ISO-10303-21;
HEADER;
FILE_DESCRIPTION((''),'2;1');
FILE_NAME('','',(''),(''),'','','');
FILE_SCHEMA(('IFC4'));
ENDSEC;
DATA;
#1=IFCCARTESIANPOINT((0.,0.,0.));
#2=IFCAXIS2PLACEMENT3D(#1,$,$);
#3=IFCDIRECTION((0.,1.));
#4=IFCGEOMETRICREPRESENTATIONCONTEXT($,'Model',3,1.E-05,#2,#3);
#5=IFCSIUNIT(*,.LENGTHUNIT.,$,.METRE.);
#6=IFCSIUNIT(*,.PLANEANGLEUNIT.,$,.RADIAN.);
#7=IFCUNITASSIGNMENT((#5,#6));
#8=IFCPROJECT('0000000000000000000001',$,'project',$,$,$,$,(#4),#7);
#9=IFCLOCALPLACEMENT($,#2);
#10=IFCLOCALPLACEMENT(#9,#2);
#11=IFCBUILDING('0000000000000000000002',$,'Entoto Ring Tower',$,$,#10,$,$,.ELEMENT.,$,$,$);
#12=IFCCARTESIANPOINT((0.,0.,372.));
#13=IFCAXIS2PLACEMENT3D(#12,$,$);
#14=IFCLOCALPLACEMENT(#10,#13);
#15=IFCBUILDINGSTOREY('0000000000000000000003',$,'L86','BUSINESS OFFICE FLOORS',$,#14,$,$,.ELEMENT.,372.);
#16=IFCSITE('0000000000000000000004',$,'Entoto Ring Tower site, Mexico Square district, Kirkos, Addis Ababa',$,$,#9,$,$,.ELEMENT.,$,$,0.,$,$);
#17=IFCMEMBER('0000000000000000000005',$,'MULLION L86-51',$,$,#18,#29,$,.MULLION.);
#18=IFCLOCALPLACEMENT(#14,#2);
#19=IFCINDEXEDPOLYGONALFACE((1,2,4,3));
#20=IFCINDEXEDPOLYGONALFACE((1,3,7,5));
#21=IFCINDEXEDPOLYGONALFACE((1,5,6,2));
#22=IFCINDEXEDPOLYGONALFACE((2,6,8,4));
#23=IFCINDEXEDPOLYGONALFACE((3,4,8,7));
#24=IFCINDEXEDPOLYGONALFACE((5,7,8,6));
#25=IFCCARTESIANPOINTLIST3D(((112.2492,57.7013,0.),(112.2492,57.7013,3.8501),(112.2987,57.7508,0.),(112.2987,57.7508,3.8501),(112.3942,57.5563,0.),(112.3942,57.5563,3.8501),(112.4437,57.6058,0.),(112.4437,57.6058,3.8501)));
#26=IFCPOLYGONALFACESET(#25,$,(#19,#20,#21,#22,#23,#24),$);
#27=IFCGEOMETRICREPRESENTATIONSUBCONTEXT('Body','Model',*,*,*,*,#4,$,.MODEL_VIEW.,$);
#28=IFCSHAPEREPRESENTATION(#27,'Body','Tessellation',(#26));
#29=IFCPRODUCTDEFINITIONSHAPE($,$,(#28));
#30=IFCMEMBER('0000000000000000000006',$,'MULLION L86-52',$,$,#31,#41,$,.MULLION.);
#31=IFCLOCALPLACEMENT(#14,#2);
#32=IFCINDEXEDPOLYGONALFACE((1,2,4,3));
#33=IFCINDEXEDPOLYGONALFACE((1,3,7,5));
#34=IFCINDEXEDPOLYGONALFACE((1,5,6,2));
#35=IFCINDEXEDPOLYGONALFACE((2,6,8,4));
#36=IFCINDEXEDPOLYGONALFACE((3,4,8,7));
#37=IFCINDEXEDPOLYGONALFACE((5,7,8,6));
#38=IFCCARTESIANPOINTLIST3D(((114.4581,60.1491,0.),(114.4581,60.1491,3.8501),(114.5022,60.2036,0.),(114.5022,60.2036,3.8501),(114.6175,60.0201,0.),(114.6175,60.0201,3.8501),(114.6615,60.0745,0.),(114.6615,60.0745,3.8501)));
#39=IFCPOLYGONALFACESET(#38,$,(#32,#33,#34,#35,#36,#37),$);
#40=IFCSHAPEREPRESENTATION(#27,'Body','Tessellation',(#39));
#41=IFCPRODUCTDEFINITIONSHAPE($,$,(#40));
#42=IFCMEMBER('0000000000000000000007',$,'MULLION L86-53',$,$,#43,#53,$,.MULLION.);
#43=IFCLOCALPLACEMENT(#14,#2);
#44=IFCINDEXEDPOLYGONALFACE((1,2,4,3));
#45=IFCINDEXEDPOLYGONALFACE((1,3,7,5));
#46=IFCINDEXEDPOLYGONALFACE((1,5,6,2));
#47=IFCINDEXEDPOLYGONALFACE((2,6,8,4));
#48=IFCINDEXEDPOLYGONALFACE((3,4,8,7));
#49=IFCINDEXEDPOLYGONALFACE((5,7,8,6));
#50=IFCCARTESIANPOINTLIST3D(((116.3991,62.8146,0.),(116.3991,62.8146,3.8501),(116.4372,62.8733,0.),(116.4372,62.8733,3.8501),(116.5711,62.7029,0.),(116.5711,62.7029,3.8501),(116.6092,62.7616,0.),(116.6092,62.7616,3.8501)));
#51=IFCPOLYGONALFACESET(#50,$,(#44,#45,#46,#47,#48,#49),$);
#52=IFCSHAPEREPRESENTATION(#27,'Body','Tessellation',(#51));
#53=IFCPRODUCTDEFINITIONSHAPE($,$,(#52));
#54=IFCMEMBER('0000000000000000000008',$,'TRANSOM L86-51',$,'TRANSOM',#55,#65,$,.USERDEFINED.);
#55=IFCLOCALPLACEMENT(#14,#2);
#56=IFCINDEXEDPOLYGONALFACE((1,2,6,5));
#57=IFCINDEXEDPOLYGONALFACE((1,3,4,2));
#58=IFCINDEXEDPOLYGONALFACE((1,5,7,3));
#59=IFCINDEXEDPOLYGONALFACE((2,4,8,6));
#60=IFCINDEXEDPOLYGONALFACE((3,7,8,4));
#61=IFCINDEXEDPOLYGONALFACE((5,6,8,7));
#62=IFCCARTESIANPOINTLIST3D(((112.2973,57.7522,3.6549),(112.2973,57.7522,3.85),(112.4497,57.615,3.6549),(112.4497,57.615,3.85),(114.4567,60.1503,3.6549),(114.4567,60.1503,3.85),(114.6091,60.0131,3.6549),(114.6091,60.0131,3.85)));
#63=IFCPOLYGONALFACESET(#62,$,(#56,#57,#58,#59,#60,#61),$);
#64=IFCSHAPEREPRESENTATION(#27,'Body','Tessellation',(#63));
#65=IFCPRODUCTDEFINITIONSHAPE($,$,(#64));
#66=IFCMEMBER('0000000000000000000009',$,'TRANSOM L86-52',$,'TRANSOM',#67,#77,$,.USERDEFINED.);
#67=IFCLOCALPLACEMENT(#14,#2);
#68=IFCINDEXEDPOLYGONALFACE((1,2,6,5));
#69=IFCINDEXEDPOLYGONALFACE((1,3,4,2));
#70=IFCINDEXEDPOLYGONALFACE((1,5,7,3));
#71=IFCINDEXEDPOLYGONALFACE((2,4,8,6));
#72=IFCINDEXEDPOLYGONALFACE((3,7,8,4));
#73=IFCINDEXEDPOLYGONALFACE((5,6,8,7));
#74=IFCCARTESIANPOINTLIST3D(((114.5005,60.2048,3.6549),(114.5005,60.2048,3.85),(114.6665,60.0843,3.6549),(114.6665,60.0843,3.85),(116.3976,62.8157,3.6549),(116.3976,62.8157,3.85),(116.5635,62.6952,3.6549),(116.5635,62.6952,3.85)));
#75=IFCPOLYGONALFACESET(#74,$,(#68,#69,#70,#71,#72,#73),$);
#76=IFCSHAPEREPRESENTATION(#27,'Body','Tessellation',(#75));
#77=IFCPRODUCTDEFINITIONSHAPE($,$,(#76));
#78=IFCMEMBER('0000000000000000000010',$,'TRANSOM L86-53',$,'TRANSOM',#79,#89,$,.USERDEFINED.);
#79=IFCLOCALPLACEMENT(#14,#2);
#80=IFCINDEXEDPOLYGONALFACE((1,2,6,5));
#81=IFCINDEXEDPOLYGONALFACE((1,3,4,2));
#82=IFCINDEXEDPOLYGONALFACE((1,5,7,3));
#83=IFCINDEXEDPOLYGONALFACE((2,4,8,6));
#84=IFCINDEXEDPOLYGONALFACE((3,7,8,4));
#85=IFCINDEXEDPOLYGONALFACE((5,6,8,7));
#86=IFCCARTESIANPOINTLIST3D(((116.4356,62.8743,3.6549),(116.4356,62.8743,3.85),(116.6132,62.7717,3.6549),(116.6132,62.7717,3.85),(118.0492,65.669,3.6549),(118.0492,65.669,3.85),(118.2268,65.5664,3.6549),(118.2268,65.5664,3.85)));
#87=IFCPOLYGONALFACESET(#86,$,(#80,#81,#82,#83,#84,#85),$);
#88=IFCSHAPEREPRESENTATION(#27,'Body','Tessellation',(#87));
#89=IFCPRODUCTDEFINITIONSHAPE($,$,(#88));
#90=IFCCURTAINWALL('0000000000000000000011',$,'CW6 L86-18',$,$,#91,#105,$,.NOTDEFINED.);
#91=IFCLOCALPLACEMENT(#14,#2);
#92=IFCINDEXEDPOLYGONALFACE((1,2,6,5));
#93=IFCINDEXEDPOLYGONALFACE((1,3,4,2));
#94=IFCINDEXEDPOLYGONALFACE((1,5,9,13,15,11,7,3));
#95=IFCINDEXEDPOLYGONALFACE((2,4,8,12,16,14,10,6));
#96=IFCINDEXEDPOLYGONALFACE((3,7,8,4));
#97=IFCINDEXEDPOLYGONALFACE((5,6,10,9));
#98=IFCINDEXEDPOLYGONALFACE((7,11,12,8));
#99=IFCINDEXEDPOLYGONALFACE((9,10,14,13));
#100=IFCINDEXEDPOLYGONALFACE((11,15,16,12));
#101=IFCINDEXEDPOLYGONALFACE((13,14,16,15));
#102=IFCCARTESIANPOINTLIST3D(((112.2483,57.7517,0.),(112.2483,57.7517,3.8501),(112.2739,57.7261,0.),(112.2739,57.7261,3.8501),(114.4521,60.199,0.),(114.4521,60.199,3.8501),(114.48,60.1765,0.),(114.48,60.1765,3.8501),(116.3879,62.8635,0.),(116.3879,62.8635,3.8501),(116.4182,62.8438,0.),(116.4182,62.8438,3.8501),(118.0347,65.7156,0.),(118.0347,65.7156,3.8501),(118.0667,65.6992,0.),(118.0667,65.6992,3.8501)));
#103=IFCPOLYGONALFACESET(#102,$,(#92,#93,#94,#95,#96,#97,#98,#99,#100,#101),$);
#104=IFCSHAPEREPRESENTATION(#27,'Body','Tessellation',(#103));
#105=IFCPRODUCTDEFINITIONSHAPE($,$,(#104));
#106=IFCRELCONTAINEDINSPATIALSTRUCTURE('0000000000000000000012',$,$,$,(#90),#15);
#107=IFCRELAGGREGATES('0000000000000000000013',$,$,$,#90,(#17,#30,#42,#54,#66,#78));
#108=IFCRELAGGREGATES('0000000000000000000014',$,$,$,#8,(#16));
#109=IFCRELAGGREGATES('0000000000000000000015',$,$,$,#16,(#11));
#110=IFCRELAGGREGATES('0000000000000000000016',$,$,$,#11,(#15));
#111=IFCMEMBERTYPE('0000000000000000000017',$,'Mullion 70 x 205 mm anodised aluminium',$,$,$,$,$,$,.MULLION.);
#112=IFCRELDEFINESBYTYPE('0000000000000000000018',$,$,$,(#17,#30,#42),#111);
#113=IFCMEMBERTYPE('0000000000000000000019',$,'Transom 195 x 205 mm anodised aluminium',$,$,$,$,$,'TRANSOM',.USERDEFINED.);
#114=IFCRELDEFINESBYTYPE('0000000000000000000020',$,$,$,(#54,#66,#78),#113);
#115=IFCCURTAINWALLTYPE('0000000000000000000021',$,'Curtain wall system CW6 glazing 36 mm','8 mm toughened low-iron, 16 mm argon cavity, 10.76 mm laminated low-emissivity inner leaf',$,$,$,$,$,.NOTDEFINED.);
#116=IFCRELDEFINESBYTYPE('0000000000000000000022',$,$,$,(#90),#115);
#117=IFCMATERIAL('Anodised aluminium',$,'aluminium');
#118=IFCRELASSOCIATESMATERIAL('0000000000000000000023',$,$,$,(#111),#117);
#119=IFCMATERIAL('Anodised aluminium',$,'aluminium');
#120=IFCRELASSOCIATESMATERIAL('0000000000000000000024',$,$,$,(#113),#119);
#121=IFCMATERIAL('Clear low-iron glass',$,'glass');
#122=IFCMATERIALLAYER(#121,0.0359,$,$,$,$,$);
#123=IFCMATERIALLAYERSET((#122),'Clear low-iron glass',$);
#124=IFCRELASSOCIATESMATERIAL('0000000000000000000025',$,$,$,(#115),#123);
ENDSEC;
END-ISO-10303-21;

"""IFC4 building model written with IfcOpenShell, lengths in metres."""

from ifc_helpers import new_model, si_unit, direction, frame, origin, origin_2d, place, context, subcontext, project, spatial, polyline, rectangle, outline, extrude, material, layer, layer_set, material_profile, profile_set, type_object, element, aggregate, save


model = new_model("IFC4")

# Units and contexts
model_context = context("Model", 3, precision=1e-05, world=origin(), true_north=direction((0.0, 1.0)))
body_context = subcontext(model_context, "Body", "Model", "MODEL_VIEW")
ifc_project = project(units=[si_unit("LENGTHUNIT", "METRE"), si_unit("PLANEANGLEUNIT", "RADIAN")], contexts=[model_context])

# Members
ifc_material_1 = material(Name="Anodised aluminium", Category="aluminium")
ifc_material_profile_1 = material_profile(ifc_material_1, rectangle(XDim=0.0701, YDim=0.2051, at=origin_2d()), Name="Mullion 70 x 205 mm anodised aluminium")
ifc_profile_set_1 = profile_set([ifc_material_profile_1], Name="Anodised aluminium")
member_type_1 = type_object("IfcMemberType", Name="Mullion 70 x 205 mm anodised aluminium", PredefinedType="MULLION", material=ifc_profile_set_1)
site_placement = place(None, origin())
building_placement = place(site_placement, origin())
storey_placement = place(building_placement, frame((0.0, 0.0, 372.0)))
member_1_placement = place(storey_placement, frame((112.3464, 57.6536, 0.0), z_axis=(0.0, 0.0, 1.0), x_axis=(0.707107, 0.707107, 0.0)))
member_1 = element("IfcMember", 1, at=member_1_placement, type_object=member_type_1, Name="MULLION L86-51", PredefinedType="MULLION", context=body_context, shape_type="SweptSolid", body=[
    extrude(rectangle(XDim=0.0701, YDim=0.2051, at=origin_2d()), origin(), (0.0, 0.0, 1.0), 3.8501),
])
member_2_placement = place(storey_placement, frame((114.5598, 60.1118, 0.0), z_axis=(0.0, 0.0, 1.0), x_axis=(0.62932, 0.777146, 0.0)))
member_2 = element("IfcMember", 2, at=member_2_placement, type_object=member_type_1, Name="MULLION L86-52", PredefinedType="MULLION", context=body_context, shape_type="SweptSolid", body=[
    extrude(rectangle(XDim=0.0701, YDim=0.2051, at=origin_2d()), origin(), (0.0, 0.0, 1.0), 3.8501),
])
member_3_placement = place(storey_placement, frame((116.5042, 62.7881, 0.0), z_axis=(0.0, 0.0, 1.0), x_axis=(0.544639, 0.838671, 0.0)))
member_3 = element("IfcMember", 3, at=member_3_placement, type_object=member_type_1, Name="MULLION L86-53", PredefinedType="MULLION", context=body_context, shape_type="SweptSolid", body=[
    extrude(rectangle(XDim=0.0701, YDim=0.2051, at=origin_2d()), origin(), (0.0, 0.0, 1.0), 3.8501),
])
ifc_material_2 = material(Name="Anodised aluminium", Category="aluminium")
ifc_material_profile_2 = material_profile(ifc_material_2, rectangle(XDim=0.2051, YDim=0.1951, at=origin_2d()), Name="Transom 195 x 205 mm anodised aluminium")
ifc_profile_set_2 = profile_set([ifc_material_profile_2], Name="Anodised aluminium")
member_type_2 = type_object("IfcMemberType", Name="Transom 195 x 205 mm anodised aluminium", ElementType="TRANSOM", PredefinedType="USERDEFINED", material=ifc_profile_set_2)
member_4_placement = place(storey_placement, frame((112.3735, 57.6836, 3.7524), z_axis=(0.669144, 0.743132, 0.0), x_axis=(-0.743132, 0.669144, 0.0)))
member_4 = element("IfcMember", 4, at=member_4_placement, type_object=member_type_2, Name="TRANSOM L86-51", ObjectType="TRANSOM", PredefinedType="USERDEFINED", context=body_context, shape_type="SweptSolid", body=[
    extrude(rectangle(XDim=0.2051, YDim=0.1951, at=origin_2d()), origin(), (0.0, 0.0, 1.0), 3.2271),
])
member_5_placement = place(storey_placement, frame((114.5835, 60.1445, 3.7524), z_axis=(0.587803, 0.809004, 0.0), x_axis=(-0.809004, 0.587803, 0.0)))
member_5 = element("IfcMember", 5, at=member_5_placement, type_object=member_type_2, Name="TRANSOM L86-52", ObjectType="TRANSOM", PredefinedType="USERDEFINED", context=body_context, shape_type="SweptSolid", body=[
    extrude(rectangle(XDim=0.2051, YDim=0.1951, at=origin_2d()), origin(), (0.0, 0.0, 1.0), 3.2273),
])
member_6_placement = place(storey_placement, frame((116.5244, 62.823, 3.7524), z_axis=(0.500004, 0.866023, 0.0), x_axis=(-0.866023, 0.500004, 0.0)))
member_6 = element("IfcMember", 6, at=member_6_placement, type_object=member_type_2, Name="TRANSOM L86-53", ObjectType="TRANSOM", PredefinedType="USERDEFINED", context=body_context, shape_type="SweptSolid", body=[
    extrude(rectangle(XDim=0.2051, YDim=0.1951, at=origin_2d()), origin(), (0.0, 0.0, 1.0), 3.2271),
])

# Site, building, storey
site = spatial("IfcSite", under=ifc_project, at=site_placement, Name="Entoto Ring Tower site, Mexico Square district, Kirkos, Addis Ababa", CompositionType="ELEMENT", RefElevation=0.0)
building = spatial("IfcBuilding", under=site, at=building_placement, Name="Entoto Ring Tower", CompositionType="ELEMENT")
storey = spatial("IfcBuildingStorey", under=building, at=storey_placement, Name="L86", Description="BUSINESS OFFICE FLOORS", CompositionType="ELEMENT", Elevation=372.0)

# Curtain wall
ifc_material_3 = material(Name="Clear low-iron glass", Category="glass")
ifc_layer = layer(ifc_material_3, 0.0359)
ifc_layer_set = layer_set([ifc_layer], Name="Clear low-iron glass")
curtain_wall_type = type_object("IfcCurtainWallType", Name="Curtain wall system CW6 glazing 36 mm", Description="8 mm toughened low-iron, 16 mm argon cavity, 10.76 mm laminated low-emissivity inner leaf", PredefinedType="NOTDEFINED", material=ifc_layer_set)
curtain_wall_1_placement = place(storey_placement, origin())
curtain_wall_1 = element("IfcCurtainWall", 7, at=curtain_wall_1_placement, inside=storey, type_object=curtain_wall_type, Name="CW6 L86-18", PredefinedType="NOTDEFINED", context=body_context, shape_type="SweptSolid", body=[
    extrude(outline(polyline([(112.2739, 57.7261), (114.48, 60.1765), (116.4182, 62.8438), (118.0667, 65.6992), (118.0347, 65.7156), (116.3879, 62.8635), (114.4521, 60.199), (112.2483, 57.7517), (112.2739, 57.7261)])), origin(), (0.0, 0.0, 1.0), 3.8501),
])
aggregate(curtain_wall_1, [member_1, member_2, member_3, member_4, member_5, member_6])

save(model, "model.ifc")
